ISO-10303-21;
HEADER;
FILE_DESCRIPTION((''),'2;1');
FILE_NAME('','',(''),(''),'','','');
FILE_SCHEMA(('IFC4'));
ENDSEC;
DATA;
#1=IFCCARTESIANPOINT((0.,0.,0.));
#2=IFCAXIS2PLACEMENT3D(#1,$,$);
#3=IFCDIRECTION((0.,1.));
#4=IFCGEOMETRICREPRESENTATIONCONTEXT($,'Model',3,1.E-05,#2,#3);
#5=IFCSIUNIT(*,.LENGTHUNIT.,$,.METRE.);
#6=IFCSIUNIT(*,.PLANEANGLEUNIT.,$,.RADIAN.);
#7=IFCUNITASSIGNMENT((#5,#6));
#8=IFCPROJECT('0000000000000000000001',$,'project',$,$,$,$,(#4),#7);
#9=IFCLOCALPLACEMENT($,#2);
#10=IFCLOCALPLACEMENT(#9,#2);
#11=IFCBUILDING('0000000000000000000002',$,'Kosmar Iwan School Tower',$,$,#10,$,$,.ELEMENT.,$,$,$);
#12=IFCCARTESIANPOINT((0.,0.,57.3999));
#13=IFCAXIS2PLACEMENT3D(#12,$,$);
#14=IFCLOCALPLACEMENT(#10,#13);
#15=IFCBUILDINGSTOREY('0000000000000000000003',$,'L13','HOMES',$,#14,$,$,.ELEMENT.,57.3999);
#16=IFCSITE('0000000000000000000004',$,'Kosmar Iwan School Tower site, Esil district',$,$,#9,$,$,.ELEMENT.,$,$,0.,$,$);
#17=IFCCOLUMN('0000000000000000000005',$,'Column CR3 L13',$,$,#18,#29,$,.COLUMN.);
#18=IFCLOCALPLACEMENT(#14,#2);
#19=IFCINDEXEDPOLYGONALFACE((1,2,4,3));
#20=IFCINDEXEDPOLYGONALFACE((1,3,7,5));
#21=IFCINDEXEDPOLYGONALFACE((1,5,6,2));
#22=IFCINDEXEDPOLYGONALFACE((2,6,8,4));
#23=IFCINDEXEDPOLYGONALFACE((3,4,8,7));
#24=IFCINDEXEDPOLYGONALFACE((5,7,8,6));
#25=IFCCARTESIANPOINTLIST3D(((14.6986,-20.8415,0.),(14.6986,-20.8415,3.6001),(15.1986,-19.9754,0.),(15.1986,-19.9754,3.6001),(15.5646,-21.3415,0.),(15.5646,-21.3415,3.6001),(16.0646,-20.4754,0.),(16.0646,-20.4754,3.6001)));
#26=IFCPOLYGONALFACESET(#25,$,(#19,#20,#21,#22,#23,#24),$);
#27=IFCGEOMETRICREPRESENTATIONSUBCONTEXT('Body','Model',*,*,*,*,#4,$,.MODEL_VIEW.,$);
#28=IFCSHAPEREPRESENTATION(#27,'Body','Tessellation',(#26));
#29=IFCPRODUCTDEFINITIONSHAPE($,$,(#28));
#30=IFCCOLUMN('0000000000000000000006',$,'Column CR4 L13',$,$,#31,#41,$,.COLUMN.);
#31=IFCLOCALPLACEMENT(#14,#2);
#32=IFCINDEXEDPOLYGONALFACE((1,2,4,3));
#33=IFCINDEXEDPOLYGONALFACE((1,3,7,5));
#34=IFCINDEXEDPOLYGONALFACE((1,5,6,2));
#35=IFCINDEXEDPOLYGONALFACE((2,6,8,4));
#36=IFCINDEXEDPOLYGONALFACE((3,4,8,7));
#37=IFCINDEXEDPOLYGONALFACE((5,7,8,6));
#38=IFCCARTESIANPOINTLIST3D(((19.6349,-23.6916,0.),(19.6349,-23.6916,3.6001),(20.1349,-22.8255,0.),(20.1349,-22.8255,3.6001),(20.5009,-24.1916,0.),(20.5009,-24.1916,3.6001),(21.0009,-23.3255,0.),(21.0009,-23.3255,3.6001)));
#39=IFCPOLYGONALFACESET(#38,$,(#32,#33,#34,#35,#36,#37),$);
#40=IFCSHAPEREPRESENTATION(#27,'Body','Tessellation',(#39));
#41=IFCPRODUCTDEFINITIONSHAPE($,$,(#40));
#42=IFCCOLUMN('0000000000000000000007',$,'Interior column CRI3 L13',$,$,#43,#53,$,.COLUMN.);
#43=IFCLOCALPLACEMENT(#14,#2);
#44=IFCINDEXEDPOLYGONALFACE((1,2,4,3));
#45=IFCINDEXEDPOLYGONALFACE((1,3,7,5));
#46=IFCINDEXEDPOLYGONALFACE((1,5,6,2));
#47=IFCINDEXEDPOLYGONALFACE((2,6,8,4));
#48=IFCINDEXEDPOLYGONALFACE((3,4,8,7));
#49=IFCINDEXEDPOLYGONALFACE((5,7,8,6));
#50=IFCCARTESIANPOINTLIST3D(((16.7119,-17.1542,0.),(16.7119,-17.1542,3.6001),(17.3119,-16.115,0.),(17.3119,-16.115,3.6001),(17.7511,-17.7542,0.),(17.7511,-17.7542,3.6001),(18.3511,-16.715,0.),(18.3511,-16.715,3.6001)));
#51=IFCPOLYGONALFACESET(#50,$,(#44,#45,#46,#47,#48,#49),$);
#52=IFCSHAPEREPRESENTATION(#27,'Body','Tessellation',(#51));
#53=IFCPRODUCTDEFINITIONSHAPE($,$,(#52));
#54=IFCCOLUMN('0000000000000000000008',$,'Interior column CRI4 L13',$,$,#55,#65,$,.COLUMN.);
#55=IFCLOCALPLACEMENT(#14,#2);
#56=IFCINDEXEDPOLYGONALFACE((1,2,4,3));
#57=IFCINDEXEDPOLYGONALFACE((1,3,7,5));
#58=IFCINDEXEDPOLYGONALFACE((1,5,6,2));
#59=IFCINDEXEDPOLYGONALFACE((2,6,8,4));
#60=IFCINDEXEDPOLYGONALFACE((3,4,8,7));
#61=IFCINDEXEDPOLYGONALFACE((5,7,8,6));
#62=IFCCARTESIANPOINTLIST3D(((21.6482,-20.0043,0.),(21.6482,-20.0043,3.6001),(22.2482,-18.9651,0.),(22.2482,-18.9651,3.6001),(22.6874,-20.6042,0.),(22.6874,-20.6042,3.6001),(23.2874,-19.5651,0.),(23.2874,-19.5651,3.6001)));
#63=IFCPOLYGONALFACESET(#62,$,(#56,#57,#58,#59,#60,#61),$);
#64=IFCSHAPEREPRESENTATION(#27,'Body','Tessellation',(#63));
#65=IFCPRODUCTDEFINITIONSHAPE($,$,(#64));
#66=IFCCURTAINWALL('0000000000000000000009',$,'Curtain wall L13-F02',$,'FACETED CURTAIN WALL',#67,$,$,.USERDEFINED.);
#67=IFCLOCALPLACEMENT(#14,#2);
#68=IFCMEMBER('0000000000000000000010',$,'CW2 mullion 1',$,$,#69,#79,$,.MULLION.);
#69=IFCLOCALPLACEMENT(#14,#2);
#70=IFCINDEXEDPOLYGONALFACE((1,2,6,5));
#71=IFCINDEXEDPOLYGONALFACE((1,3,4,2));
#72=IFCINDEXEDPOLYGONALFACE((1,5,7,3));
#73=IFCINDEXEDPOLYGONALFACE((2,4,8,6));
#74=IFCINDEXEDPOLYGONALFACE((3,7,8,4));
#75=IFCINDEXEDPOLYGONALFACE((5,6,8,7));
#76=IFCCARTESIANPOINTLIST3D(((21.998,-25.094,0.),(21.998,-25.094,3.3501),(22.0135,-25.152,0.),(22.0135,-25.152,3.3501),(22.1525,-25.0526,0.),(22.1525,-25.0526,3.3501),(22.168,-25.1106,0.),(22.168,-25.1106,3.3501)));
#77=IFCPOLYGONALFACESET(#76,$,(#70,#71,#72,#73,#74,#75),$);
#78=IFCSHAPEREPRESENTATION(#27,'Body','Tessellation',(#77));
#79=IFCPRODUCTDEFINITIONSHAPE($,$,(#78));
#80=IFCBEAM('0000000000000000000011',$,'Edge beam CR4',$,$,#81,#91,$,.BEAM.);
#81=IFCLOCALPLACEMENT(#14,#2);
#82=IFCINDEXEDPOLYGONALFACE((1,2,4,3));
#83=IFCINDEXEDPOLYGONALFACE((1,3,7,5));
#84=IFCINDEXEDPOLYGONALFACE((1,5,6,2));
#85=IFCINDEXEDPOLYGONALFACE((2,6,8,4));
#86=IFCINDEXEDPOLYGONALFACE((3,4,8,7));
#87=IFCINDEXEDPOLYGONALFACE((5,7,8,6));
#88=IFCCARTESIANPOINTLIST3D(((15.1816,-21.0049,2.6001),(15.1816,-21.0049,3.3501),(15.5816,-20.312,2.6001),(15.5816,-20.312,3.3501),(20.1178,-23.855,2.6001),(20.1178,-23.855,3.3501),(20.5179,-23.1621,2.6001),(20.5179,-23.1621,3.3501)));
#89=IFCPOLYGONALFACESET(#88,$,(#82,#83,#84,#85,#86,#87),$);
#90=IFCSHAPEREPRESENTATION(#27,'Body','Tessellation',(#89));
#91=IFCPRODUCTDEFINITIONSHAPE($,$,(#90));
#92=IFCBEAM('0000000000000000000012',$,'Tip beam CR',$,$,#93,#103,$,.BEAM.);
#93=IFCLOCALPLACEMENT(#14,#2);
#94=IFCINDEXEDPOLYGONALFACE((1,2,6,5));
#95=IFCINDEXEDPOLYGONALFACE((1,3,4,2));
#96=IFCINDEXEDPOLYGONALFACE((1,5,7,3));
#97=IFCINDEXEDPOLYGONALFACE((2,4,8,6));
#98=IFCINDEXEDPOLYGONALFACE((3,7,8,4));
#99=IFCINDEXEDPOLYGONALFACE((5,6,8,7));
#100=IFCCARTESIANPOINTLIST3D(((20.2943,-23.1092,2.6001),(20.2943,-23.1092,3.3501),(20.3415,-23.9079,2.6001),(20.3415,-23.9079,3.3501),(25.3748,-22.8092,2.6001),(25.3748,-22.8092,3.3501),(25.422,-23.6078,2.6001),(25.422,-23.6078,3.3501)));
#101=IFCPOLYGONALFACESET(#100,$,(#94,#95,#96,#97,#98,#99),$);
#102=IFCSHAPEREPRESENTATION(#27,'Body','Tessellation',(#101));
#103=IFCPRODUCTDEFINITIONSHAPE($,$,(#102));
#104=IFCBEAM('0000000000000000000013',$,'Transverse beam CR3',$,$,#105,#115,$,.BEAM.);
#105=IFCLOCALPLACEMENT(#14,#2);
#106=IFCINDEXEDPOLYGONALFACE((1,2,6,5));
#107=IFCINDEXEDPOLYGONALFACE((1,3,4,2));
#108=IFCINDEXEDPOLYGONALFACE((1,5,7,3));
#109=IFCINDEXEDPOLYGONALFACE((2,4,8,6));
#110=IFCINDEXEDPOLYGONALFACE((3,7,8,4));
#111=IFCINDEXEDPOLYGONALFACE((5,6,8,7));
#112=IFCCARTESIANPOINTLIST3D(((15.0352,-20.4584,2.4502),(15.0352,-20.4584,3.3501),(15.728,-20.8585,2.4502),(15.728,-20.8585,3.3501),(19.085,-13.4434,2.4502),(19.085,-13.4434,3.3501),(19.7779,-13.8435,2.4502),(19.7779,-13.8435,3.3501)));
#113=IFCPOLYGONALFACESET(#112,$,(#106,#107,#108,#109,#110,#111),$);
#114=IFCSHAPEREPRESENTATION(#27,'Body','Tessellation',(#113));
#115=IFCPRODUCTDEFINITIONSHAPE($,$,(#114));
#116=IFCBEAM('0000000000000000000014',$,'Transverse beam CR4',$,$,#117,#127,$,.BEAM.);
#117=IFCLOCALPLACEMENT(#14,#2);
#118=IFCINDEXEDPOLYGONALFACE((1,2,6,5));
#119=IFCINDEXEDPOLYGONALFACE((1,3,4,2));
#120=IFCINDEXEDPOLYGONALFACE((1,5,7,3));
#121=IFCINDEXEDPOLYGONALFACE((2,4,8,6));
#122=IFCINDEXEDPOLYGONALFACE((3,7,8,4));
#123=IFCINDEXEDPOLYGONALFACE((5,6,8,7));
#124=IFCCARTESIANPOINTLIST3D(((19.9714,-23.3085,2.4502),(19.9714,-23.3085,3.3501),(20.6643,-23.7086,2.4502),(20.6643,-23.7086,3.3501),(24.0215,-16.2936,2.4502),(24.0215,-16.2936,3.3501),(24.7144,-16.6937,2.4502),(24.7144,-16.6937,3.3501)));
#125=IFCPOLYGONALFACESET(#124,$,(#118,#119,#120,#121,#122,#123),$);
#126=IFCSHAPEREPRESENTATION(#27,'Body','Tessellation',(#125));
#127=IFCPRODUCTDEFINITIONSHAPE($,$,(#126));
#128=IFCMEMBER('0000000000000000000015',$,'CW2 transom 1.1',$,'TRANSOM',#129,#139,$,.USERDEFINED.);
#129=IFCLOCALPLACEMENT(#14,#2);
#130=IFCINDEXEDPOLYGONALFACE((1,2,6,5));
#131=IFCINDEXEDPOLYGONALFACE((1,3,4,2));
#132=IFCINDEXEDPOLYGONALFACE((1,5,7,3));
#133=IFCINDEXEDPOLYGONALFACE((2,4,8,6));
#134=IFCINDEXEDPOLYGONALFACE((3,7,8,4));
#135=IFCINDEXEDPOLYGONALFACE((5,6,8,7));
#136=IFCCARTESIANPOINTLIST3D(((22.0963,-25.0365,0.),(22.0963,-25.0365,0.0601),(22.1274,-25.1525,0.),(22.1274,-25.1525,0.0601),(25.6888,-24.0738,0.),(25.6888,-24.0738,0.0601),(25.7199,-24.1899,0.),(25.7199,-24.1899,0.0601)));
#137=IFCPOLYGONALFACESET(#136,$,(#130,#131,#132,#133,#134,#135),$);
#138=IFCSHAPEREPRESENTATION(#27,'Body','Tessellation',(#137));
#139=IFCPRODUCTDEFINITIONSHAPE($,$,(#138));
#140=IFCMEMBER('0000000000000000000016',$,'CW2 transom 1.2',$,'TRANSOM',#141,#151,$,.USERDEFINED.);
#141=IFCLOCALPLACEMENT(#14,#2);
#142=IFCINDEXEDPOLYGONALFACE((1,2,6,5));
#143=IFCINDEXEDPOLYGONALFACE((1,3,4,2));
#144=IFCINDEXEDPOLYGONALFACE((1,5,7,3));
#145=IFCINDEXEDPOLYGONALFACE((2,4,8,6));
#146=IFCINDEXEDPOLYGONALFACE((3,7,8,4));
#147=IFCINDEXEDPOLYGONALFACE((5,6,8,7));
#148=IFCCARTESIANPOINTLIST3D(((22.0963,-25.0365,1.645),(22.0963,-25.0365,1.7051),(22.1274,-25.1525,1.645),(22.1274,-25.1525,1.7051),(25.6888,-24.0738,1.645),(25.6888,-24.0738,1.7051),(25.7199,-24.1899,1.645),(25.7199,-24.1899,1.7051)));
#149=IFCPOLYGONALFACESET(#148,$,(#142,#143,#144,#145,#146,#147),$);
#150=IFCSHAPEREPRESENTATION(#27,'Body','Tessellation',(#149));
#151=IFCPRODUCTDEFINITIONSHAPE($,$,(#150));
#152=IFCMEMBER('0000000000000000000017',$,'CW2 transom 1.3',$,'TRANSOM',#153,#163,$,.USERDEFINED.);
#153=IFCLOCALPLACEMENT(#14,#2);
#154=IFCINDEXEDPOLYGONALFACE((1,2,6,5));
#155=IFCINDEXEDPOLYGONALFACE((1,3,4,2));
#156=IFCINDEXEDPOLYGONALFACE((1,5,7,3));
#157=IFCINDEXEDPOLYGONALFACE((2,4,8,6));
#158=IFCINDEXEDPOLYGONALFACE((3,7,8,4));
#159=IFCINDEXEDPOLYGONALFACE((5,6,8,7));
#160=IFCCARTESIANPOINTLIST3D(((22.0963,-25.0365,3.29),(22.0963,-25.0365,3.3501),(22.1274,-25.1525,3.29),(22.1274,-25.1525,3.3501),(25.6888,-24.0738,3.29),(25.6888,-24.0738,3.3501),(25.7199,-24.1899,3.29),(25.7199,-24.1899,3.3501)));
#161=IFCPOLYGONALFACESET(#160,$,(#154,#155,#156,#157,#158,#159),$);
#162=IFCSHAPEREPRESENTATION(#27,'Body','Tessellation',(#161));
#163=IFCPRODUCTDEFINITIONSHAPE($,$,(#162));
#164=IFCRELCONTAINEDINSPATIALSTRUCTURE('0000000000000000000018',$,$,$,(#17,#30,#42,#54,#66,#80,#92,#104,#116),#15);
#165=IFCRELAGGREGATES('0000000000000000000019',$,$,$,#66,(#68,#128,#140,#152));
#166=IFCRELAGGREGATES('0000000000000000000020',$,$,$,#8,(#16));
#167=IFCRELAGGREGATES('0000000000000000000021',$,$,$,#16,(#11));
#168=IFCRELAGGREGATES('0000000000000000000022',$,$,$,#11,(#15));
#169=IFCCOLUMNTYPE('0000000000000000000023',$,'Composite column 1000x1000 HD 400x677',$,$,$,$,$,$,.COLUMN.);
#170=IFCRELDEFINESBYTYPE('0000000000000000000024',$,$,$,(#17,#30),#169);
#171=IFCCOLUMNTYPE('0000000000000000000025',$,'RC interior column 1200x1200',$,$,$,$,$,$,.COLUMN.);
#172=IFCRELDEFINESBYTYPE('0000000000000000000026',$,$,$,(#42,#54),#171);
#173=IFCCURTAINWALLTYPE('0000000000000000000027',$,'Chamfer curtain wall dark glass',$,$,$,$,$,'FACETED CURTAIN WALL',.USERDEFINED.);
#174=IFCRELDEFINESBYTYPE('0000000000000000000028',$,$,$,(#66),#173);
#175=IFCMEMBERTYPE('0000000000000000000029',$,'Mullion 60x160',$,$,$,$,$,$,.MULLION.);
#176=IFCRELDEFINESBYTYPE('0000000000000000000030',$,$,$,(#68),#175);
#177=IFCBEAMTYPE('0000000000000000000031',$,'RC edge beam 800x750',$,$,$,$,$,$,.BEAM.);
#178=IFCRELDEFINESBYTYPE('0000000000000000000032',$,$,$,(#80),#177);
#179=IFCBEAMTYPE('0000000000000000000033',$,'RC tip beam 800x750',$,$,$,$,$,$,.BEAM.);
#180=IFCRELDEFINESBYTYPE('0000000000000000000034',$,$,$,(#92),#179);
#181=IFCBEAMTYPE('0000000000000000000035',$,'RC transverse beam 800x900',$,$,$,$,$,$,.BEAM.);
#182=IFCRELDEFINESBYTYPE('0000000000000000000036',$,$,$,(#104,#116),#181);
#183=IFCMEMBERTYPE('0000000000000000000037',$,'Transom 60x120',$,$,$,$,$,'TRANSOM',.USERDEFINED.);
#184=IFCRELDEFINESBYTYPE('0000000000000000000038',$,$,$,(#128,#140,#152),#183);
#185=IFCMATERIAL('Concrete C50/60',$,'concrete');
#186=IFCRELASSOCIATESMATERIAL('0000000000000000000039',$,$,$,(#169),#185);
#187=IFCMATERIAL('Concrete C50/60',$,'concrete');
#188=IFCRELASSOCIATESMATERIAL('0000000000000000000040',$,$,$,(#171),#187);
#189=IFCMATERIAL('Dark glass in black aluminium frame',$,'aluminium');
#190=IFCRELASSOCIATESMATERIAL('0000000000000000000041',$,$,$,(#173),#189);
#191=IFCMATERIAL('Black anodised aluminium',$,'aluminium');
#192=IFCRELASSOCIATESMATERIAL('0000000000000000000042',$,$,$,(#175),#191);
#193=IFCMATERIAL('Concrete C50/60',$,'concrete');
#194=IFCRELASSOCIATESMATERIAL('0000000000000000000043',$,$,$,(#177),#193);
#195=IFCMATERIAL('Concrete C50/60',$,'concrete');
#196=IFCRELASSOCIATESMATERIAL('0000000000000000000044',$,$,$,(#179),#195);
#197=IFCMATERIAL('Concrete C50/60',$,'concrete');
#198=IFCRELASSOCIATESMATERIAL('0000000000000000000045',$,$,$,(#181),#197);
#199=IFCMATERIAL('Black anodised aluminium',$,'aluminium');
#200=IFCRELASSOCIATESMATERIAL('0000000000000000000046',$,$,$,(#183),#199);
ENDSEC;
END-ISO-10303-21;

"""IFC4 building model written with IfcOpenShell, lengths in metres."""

from ifc_helpers import new_model, si_unit, direction, frame, origin, origin_2d, place, context, subcontext, project, spatial, rectangle, extrude, material, material_profile, profile_set, type_object, element, aggregate, save


model = new_model("IFC4")

# Units and contexts
model_context = context("Model", 3, precision=1e-05, world=origin(), true_north=direction((0.0, 1.0)))
body_context = subcontext(model_context, "Body", "Model", "MODEL_VIEW")
ifc_project = project(units=[si_unit("LENGTHUNIT", "METRE"), si_unit("PLANEANGLEUNIT", "RADIAN")], contexts=[model_context])

# Site, building, storey
site_placement = place(None, origin())
site = spatial("IfcSite", under=ifc_project, at=site_placement, Name="Kosmar Iwan School Tower site, Esil district", CompositionType="ELEMENT", RefElevation=0.0)
building_placement = place(site_placement, origin())
building = spatial("IfcBuilding", under=site, at=building_placement, Name="Kosmar Iwan School Tower", CompositionType="ELEMENT")
storey_placement = place(building_placement, frame((0.0, 0.0, 57.3999)))
storey = spatial("IfcBuildingStorey", under=building, at=storey_placement, Name="L13", Description="HOMES", CompositionType="ELEMENT", Elevation=57.3999)

# Columns
ifc_material_1 = material(Name="Concrete C50/60", Category="concrete")
ifc_material_profile_1 = material_profile(ifc_material_1, rectangle(XDim=1.0, YDim=1.0, at=origin_2d()), Name="RC 1000x1000 + HD 400x677")
ifc_profile_set_1 = profile_set([ifc_material_profile_1], Name="Concrete C50/60")
column_type_1 = type_object("IfcColumnType", Name="Composite column 1000x1000 HD 400x677", PredefinedType="COLUMN", material=ifc_profile_set_1)
for number, where, z_axis, x_axis, name in (
    (1, (15.3816, -20.6584, 0.0), (0.0, 0.0, 1.0), (0.866025, -0.5, 0.0), "Column CR3 L13"),
    (2, (20.3179, -23.5085, 0.0), (0.0, 0.0, 1.0), (0.866025, -0.5, 0.0), "Column CR4 L13"),
):
    element("IfcColumn", number, at=place(storey_placement, frame(where, z_axis=z_axis, x_axis=x_axis)), inside=storey, type_object=column_type_1, Name=name, PredefinedType="COLUMN", context=body_context, shape_type="SweptSolid", body=[
        extrude(rectangle(XDim=1.0, YDim=1.0, at=origin_2d()), origin(), (0.0, 0.0, 1.0), 3.6001),
    ])
ifc_material_2 = material(Name="Concrete C50/60", Category="concrete")
ifc_material_profile_2 = material_profile(ifc_material_2, rectangle(XDim=1.2, YDim=1.2, at=origin_2d()), Name="RC 1200x1200")
ifc_profile_set_2 = profile_set([ifc_material_profile_2], Name="Concrete C50/60")
column_type_2 = type_object("IfcColumnType", Name="RC interior column 1200x1200", PredefinedType="COLUMN", material=ifc_profile_set_2)
for number, where, z_axis, x_axis, name in (
    (3, (17.5315, -16.9346, 0.0), (0.0, 0.0, 1.0), (0.866025, -0.5, 0.0), "Interior column CRI3 L13"),
    (4, (22.4678, -19.7847, 0.0), (0.0, 0.0, 1.0), (0.866025, -0.5, 0.0), "Interior column CRI4 L13"),
):
    element("IfcColumn", number, at=place(storey_placement, frame(where, z_axis=z_axis, x_axis=x_axis)), inside=storey, type_object=column_type_2, Name=name, PredefinedType="COLUMN", context=body_context, shape_type="SweptSolid", body=[
        extrude(rectangle(XDim=1.2, YDim=1.2, at=origin_2d()), origin(), (0.0, 0.0, 1.0), 3.6001),
    ])

# Curtain wall, member
ifc_material_3 = material(Name="Dark glass in black aluminium frame", Category="aluminium")
curtain_wall_type = type_object("IfcCurtainWallType", Name="Chamfer curtain wall dark glass", ElementType="FACETED CURTAIN WALL", PredefinedType="USERDEFINED", material=ifc_material_3)
curtain_wall_placement = place(storey_placement, origin())
curtain_wall = element("IfcCurtainWall", 5, at=curtain_wall_placement, inside=storey, type_object=curtain_wall_type, Name="Curtain wall L13-F02", ObjectType="FACETED CURTAIN WALL", PredefinedType="USERDEFINED")
ifc_material_4 = material(Name="Black anodised aluminium", Category="aluminium")
ifc_material_profile_3 = material_profile(ifc_material_4, rectangle(XDim=0.0601, YDim=0.1599, at=origin_2d()), Name="MULLION 60x160")
ifc_profile_set_3 = profile_set([ifc_material_profile_3], Name="Black anodised aluminium")
member_type_1 = type_object("IfcMemberType", Name="Mullion 60x160", PredefinedType="MULLION", material=ifc_profile_set_3)
member_1_placement = place(storey_placement, frame((22.083, -25.1023, 0.0), z_axis=(0.0, 0.0, 1.0), x_axis=(-0.258819, 0.965926, 0.0)))
member_1 = element("IfcMember", 6, at=member_1_placement, type_object=member_type_1, Name="CW2 mullion 1", PredefinedType="MULLION", context=body_context, shape_type="SweptSolid", body=[
    extrude(rectangle(XDim=0.0601, YDim=0.1599, at=origin_2d()), origin(), (0.0, 0.0, 1.0), 3.3501),
])

# Beams
ifc_material_5 = material(Name="Concrete C50/60", Category="concrete")
ifc_material_profile_4 = material_profile(ifc_material_5, rectangle(XDim=0.8, YDim=0.75, at=origin_2d()), Name="RC 800x750")
ifc_profile_set_4 = profile_set([ifc_material_profile_4], Name="Concrete C50/60")
beam_type_1 = type_object("IfcBeamType", Name="RC edge beam 800x750", PredefinedType="BEAM", material=ifc_profile_set_4)
beam_1_placement = place(storey_placement, frame((15.3816, -20.6584, 2.9751), z_axis=(0.866015, -0.500018, 0.0), x_axis=(0.500018, 0.866015, 0.0)))
element("IfcBeam", 7, at=beam_1_placement, inside=storey, type_object=beam_type_1, Name="Edge beam CR4", PredefinedType="BEAM", context=body_context, shape_type="SweptSolid", body=[
    extrude(rectangle(XDim=0.8, YDim=0.75, at=origin_2d()), origin(), (0.0, 0.0, 1.0), 5.7),
])
ifc_material_6 = material(Name="Concrete C50/60", Category="concrete")
ifc_material_profile_5 = material_profile(ifc_material_6, rectangle(XDim=0.8, YDim=0.75, at=origin_2d()), Name="RC 800x750")
ifc_profile_set_5 = profile_set([ifc_material_profile_5], Name="Concrete C50/60")
beam_type_2 = type_object("IfcBeamType", Name="RC tip beam 800x750", PredefinedType="BEAM", material=ifc_profile_set_5)
beam_2_placement = place(storey_placement, frame((20.3179, -23.5085, 2.9751), z_axis=(0.998261, 0.058955, 0.0), x_axis=(-0.058955, 0.998261, 0.0)))
element("IfcBeam", 8, at=beam_2_placement, inside=storey, type_object=beam_type_2, Name="Tip beam CR", PredefinedType="BEAM", context=body_context, shape_type="SweptSolid", body=[
    extrude(rectangle(XDim=0.8, YDim=0.75, at=origin_2d()), origin(), (0.0, 0.0, 1.0), 5.0894),
])
ifc_material_7 = material(Name="Concrete C50/60", Category="concrete")
ifc_material_profile_6 = material_profile(ifc_material_7, rectangle(XDim=0.8, YDim=0.8999, at=origin_2d()), Name="RC 800x900")
ifc_profile_set_6 = profile_set([ifc_material_profile_6], Name="Concrete C50/60")
beam_type_3 = type_object("IfcBeamType", Name="RC transverse beam 800x900", PredefinedType="BEAM", material=ifc_profile_set_6)
for number, where, z_axis, x_axis, name in (
    (9, (15.3816, -20.6584, 2.9001), (0.499977, 0.866039, 0.0), (-0.866039, 0.499977, 0.0), "Transverse beam CR3"),
    (10, (20.3179, -23.5085, 2.9001), (0.5, 0.866025, 0.0), (-0.866025, 0.5, 0.0), "Transverse beam CR4"),
):
    element("IfcBeam", number, at=place(storey_placement, frame(where, z_axis=z_axis, x_axis=x_axis)), inside=storey, type_object=beam_type_3, Name=name, PredefinedType="BEAM", context=body_context, shape_type="SweptSolid", body=[
        extrude(rectangle(XDim=0.8, YDim=0.8999, at=origin_2d()), origin(), (0.0, 0.0, 1.0), 8.1001),
    ])

# Members
ifc_material_8 = material(Name="Black anodised aluminium", Category="aluminium")
ifc_material_profile_7 = material_profile(ifc_material_8, rectangle(XDim=0.1201, YDim=0.0601, at=origin_2d()), Name="TRANSOM 60x120")
ifc_profile_set_7 = profile_set([ifc_material_profile_7], Name="Black anodised aluminium")
member_type_2 = type_object("IfcMemberType", Name="Transom 60x120", ElementType="TRANSOM", PredefinedType="USERDEFINED", material=ifc_profile_set_7)
member_2_placement = place(storey_placement, frame((22.1118, -25.0945, 0.03), z_axis=(0.965924, 0.258827, 0.0), x_axis=(-0.258827, 0.965924, 0.0)))
member_2 = element("IfcMember", 11, at=member_2_placement, type_object=member_type_2, Name="CW2 transom 1.1", ObjectType="TRANSOM", PredefinedType="USERDEFINED", context=body_context, shape_type="SweptSolid", body=[
    extrude(rectangle(XDim=0.1201, YDim=0.0601, at=origin_2d()), origin(), (0.0, 0.0, 1.0), 3.7192),
])
member_3_placement = place(storey_placement, frame((22.1118, -25.0945, 1.675), z_axis=(0.965924, 0.258827, 0.0), x_axis=(-0.258827, 0.965924, 0.0)))
member_3 = element("IfcMember", 12, at=member_3_placement, type_object=member_type_2, Name="CW2 transom 1.2", ObjectType="TRANSOM", PredefinedType="USERDEFINED", context=body_context, shape_type="SweptSolid", body=[
    extrude(rectangle(XDim=0.1201, YDim=0.0601, at=origin_2d()), origin(), (0.0, 0.0, 1.0), 3.7192),
])
member_4_placement = place(storey_placement, frame((22.1118, -25.0945, 3.3201), z_axis=(0.965924, 0.258827, 0.0), x_axis=(-0.258827, 0.965924, 0.0)))
member_4 = element("IfcMember", 13, at=member_4_placement, type_object=member_type_2, Name="CW2 transom 1.3", ObjectType="TRANSOM", PredefinedType="USERDEFINED", context=body_context, shape_type="SweptSolid", body=[
    extrude(rectangle(XDim=0.1201, YDim=0.0601, at=origin_2d()), origin(), (0.0, 0.0, 1.0), 3.7192),
])
aggregate(curtain_wall, [member_1, member_2, member_3, member_4])

save(model, "model.ifc")
